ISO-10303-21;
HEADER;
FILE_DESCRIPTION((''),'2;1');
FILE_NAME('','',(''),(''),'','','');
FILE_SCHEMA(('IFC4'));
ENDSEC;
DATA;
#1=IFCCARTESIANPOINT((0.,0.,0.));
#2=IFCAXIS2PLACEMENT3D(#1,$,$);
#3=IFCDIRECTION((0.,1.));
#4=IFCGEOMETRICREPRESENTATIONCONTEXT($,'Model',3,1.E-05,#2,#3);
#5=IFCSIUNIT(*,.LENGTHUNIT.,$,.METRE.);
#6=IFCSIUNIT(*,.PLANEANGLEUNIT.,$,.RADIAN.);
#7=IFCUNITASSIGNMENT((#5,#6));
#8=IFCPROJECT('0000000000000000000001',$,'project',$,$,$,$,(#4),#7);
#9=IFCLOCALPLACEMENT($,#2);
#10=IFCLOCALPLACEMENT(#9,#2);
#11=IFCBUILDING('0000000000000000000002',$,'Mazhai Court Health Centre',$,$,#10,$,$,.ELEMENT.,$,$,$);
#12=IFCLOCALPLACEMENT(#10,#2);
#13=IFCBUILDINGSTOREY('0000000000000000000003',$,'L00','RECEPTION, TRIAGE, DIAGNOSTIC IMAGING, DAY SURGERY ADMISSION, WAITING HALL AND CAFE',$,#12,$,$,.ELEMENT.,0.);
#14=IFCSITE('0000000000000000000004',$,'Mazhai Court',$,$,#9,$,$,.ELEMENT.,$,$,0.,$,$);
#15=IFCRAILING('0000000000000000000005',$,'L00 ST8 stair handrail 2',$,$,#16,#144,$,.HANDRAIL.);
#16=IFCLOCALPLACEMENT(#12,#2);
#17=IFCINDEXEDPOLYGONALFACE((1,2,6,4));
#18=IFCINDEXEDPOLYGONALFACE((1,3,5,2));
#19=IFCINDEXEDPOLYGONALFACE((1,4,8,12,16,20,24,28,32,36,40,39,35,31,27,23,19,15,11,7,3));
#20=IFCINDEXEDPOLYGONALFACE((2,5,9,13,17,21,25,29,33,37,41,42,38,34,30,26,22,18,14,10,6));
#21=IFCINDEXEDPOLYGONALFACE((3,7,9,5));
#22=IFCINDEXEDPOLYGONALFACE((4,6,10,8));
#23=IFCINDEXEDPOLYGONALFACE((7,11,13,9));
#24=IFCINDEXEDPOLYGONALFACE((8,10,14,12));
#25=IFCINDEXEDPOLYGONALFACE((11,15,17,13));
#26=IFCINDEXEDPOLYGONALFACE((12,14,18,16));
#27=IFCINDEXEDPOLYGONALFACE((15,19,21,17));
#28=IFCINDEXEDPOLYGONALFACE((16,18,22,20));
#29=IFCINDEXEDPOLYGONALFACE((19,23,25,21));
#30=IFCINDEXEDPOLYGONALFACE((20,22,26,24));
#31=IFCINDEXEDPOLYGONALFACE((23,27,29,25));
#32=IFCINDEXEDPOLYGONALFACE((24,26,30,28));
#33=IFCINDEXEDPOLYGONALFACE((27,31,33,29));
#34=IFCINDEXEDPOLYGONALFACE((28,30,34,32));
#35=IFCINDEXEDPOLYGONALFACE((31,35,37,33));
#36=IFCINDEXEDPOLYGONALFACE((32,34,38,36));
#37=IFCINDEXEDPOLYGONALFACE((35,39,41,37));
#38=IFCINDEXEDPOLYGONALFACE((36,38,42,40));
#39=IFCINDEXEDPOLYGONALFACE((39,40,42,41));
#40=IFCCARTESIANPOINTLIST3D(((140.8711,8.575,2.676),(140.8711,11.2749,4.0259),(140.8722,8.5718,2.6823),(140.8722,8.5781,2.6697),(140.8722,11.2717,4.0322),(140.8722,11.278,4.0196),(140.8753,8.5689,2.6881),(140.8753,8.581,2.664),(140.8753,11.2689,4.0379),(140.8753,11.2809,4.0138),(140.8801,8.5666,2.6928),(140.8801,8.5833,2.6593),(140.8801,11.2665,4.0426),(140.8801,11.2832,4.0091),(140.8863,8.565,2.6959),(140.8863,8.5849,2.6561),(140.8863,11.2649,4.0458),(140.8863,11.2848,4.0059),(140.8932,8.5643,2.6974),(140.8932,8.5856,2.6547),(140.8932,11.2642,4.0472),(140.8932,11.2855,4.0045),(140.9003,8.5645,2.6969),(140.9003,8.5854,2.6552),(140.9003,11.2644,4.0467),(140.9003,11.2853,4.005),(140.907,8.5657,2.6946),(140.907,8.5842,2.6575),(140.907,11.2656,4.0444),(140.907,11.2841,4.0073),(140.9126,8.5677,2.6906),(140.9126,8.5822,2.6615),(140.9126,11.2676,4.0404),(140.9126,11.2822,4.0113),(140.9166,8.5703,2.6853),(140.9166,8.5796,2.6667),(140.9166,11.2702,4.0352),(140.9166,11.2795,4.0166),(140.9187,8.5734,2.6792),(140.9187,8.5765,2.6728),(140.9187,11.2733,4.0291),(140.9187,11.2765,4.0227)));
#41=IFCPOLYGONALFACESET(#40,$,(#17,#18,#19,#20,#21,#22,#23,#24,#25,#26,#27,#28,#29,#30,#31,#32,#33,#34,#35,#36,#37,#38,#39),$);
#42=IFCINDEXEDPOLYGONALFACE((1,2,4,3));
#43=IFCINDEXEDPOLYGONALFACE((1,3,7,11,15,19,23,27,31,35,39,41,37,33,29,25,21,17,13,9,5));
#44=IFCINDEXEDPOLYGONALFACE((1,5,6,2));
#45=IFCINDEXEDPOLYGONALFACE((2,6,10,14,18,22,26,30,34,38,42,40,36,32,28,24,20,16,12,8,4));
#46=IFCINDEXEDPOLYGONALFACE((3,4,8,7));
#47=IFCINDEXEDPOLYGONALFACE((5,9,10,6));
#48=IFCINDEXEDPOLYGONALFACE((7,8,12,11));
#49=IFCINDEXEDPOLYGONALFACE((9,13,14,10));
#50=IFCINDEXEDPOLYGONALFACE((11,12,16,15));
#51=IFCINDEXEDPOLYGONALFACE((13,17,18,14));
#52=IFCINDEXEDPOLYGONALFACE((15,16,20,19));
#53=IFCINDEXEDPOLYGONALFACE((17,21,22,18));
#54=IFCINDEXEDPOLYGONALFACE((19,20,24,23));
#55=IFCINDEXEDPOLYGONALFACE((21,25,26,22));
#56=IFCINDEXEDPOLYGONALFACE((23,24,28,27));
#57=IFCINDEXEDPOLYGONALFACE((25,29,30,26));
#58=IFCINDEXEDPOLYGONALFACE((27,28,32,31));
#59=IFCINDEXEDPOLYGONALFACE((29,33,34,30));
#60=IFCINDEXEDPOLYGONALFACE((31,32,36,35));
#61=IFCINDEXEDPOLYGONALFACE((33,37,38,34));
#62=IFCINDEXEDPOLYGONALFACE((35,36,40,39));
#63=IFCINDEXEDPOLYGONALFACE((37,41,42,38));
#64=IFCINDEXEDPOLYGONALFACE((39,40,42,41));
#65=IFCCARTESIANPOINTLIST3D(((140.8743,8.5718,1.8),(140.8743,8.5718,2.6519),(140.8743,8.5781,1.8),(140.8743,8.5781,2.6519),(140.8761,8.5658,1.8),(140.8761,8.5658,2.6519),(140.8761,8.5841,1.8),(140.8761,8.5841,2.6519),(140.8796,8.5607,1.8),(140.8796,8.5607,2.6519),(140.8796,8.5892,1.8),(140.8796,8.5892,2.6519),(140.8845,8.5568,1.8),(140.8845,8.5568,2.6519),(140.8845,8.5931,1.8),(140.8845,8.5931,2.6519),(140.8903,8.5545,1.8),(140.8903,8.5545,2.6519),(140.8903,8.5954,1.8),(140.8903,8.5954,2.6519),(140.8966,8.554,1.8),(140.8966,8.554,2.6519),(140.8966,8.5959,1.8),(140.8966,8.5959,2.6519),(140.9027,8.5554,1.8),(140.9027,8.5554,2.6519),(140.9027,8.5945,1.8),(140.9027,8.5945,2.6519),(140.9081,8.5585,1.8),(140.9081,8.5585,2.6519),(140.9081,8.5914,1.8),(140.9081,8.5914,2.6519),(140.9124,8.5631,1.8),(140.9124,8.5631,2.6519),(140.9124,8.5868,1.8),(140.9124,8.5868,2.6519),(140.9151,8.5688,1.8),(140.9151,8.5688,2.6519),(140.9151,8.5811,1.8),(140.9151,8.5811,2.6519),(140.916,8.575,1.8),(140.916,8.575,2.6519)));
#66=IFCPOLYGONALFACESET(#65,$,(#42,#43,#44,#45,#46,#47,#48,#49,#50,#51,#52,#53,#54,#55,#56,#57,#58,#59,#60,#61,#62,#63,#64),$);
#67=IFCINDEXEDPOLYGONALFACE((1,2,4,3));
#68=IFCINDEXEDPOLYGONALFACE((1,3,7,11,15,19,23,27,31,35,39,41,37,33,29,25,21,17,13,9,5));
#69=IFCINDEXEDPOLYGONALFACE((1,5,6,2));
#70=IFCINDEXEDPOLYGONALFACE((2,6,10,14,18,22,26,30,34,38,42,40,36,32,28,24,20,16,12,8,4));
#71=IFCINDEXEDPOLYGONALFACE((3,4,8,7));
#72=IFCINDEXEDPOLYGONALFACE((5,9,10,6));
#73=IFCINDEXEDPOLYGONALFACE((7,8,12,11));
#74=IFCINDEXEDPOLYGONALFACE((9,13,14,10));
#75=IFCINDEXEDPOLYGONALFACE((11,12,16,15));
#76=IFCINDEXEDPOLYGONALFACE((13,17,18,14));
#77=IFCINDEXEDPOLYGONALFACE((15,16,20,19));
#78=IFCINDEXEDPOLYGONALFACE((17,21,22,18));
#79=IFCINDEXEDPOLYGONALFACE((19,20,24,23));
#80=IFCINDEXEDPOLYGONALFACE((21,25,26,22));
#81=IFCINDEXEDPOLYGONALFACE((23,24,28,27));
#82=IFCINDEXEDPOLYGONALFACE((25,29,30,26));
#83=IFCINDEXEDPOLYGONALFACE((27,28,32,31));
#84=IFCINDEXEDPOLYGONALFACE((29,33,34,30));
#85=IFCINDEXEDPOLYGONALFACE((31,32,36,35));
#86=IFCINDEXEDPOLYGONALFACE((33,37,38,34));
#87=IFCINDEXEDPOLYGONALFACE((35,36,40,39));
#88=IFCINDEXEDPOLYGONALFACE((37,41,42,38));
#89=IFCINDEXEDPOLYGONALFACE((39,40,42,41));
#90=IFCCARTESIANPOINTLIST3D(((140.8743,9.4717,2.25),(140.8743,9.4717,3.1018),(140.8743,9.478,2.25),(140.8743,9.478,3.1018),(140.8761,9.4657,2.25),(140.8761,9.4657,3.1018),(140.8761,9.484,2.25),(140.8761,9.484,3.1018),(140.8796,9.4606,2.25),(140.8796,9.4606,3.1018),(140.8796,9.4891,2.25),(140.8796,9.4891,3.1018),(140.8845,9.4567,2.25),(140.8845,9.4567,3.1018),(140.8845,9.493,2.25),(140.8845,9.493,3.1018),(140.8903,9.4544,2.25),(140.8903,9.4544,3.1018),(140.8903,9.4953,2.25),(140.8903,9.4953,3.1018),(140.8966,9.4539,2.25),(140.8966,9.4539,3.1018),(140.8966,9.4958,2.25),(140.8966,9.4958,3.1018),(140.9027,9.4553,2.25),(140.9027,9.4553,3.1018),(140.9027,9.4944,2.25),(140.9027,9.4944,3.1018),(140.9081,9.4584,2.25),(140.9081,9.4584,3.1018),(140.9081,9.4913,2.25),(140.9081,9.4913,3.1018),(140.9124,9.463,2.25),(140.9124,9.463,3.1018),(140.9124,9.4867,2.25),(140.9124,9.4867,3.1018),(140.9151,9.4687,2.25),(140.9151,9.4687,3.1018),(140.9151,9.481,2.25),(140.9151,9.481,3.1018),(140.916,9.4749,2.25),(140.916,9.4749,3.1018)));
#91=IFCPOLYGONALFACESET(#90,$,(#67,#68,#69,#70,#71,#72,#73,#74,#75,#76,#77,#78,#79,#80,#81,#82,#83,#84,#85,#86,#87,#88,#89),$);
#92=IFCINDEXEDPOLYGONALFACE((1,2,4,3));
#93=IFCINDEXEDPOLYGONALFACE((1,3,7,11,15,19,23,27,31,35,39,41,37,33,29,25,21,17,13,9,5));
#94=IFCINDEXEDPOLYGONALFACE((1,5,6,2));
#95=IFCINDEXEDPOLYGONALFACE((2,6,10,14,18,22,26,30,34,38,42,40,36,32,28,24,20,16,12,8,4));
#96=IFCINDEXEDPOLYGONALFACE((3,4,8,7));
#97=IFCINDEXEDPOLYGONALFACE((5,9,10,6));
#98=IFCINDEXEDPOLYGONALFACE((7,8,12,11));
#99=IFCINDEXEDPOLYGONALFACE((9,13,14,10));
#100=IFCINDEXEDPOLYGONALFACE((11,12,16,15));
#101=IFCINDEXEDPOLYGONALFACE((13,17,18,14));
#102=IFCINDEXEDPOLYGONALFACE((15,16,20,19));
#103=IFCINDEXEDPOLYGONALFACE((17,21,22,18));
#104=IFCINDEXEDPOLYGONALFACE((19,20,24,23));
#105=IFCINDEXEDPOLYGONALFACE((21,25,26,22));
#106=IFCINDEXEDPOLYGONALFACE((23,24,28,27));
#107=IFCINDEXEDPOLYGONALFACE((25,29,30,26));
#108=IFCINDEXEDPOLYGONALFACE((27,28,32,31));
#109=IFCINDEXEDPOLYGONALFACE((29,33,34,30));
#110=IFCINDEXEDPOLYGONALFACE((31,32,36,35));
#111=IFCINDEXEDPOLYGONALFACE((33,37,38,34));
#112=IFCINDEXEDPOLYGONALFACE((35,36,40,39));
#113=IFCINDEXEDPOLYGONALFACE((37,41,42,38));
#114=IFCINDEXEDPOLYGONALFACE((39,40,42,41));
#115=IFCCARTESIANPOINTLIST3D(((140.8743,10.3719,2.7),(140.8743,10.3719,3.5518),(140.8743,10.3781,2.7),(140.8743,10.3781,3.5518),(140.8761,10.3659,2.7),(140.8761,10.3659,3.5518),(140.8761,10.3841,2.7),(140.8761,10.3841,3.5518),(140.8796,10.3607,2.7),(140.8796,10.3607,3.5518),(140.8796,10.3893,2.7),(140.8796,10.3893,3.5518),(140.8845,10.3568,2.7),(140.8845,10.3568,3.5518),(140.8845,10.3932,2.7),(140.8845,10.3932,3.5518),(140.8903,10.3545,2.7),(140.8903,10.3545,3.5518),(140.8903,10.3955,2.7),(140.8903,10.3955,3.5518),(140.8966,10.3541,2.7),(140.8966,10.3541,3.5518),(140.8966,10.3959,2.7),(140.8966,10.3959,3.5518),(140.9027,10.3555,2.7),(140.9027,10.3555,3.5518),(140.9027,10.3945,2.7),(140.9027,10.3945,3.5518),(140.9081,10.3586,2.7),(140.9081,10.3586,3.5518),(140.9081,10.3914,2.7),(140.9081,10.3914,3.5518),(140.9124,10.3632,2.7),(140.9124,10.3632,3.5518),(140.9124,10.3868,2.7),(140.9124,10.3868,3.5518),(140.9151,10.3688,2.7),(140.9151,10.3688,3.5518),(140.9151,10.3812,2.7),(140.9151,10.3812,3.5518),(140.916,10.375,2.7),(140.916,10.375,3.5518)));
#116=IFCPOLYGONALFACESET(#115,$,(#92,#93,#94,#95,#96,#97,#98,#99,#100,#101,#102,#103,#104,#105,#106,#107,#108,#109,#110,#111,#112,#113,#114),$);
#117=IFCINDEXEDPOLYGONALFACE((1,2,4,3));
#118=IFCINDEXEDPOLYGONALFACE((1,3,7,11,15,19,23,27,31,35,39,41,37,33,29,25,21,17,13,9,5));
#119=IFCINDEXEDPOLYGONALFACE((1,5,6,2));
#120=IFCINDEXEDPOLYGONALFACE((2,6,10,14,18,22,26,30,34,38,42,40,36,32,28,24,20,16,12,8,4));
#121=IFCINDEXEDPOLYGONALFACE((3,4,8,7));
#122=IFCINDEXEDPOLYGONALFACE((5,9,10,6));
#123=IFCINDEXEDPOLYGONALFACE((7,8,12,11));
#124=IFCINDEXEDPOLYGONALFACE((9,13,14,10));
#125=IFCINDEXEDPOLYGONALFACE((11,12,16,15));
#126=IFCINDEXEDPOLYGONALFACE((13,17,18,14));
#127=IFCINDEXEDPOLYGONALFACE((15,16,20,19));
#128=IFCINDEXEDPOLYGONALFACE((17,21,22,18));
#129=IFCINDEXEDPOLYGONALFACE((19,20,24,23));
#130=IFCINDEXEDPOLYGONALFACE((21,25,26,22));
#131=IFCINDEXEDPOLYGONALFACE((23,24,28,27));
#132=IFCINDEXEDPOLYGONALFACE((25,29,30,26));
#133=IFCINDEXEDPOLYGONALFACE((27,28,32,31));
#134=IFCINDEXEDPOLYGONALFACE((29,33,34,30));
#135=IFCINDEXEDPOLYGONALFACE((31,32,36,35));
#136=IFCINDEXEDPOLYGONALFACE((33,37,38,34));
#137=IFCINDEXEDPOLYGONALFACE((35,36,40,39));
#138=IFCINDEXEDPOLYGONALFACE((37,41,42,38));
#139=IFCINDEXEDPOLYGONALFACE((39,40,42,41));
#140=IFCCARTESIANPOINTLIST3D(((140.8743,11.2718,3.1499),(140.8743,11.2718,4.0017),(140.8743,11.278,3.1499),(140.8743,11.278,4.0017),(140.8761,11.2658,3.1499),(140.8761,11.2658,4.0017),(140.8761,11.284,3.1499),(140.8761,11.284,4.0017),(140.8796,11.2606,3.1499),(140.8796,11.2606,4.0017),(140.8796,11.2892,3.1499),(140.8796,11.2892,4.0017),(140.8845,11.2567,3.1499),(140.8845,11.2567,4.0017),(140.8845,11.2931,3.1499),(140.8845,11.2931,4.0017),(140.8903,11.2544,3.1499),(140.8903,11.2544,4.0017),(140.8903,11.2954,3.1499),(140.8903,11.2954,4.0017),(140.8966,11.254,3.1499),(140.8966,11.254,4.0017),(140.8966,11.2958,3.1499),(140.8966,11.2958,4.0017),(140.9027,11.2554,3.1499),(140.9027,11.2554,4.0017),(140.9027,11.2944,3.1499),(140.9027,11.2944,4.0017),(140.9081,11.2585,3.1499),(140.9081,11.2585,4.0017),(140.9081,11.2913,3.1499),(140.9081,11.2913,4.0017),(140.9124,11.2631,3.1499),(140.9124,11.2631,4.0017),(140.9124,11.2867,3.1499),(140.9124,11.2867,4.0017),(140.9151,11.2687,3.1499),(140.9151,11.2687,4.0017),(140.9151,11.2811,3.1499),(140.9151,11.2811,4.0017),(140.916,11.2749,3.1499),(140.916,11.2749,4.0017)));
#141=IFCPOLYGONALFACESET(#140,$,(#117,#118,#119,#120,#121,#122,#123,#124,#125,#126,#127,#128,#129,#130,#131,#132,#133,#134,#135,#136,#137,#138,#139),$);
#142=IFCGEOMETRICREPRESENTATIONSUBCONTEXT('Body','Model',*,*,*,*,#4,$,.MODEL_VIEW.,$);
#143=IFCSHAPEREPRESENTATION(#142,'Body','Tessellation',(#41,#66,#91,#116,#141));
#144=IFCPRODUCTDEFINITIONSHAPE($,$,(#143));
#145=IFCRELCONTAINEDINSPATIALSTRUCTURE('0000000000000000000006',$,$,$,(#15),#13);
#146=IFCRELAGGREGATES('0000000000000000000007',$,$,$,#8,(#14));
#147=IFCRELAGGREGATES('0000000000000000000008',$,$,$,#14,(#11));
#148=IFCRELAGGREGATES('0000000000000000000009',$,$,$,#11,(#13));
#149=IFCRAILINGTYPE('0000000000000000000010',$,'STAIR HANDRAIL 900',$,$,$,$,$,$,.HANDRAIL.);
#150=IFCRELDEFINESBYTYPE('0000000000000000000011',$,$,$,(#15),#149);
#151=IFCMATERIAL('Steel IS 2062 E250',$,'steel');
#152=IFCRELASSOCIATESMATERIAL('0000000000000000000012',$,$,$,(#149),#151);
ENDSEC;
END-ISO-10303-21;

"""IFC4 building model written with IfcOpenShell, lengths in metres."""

from ifc_helpers import new_model, si_unit, direction, frame, origin, origin_2d, place, context, subcontext, project, spatial, circle, extrude, material, type_object, element, save


model = new_model("IFC4")

# Units and contexts
model_context = context("Model", 3, precision=1e-05, world=origin(), true_north=direction((0.0, 1.0)))
body_context = subcontext(model_context, "Body", "Model", "MODEL_VIEW")
ifc_project = project(units=[si_unit("LENGTHUNIT", "METRE"), si_unit("PLANEANGLEUNIT", "RADIAN")], contexts=[model_context])

# Site, building, storey
site_placement = place(None, origin())
site = spatial("IfcSite", under=ifc_project, at=site_placement, Name="Mazhai Court", CompositionType="ELEMENT", RefElevation=0.0)
building_placement = place(site_placement, origin())
building = spatial("IfcBuilding", under=site, at=building_placement, Name="Mazhai Court Health Centre", CompositionType="ELEMENT")
storey_placement = place(building_placement, origin())
storey = spatial("IfcBuildingStorey", under=building, at=storey_placement, Name="L00", Description="RECEPTION, TRIAGE, DIAGNOSTIC IMAGING, DAY SURGERY ADMISSION, WAITING HALL AND CAFE", CompositionType="ELEMENT", Elevation=0.0)

# Railing
ifc_material_1 = material(Name="Steel IS 2062 E250", Category="steel")
railing_type_1 = type_object("IfcRailingType", Name="STAIR HANDRAIL 900", PredefinedType="HANDRAIL", material=ifc_material_1)
railing_1_placement = place(storey_placement, frame((140.895, 8.575, 1.8)))
element("IfcRailing", 1, at=railing_1_placement, inside=storey, type_object=railing_type_1, Name="L00 ST8 stair handrail 2", PredefinedType="HANDRAIL", context=body_context, shape_type="SweptSolid", body=[
    extrude(circle(Radius=0.0239, at=origin_2d()), frame((0.0, 0.0, 0.876), z_axis=(0.0, 0.894443, 0.447181), x_axis=(-1.0, 0.0, 0.0)), (0.0, 0.0, 1.0), 3.0186),
    extrude(circle(Radius=0.021, at=origin_2d()), origin(), (0.0, 0.0, 1.0), 0.8518),
    extrude(circle(Radius=0.021, at=origin_2d()), frame((0.0, 0.8999, 0.45)), (0.0, 0.0, 1.0), 0.8518),
    extrude(circle(Radius=0.021, at=origin_2d()), frame((0.0, 1.8, 0.8999)), (0.0, 0.0, 1.0), 0.8518),
    extrude(circle(Radius=0.021, at=origin_2d()), frame((0.0, 2.7, 1.3499)), (0.0, 0.0, 1.0), 0.8518),
])

save(model, "model.ifc")
